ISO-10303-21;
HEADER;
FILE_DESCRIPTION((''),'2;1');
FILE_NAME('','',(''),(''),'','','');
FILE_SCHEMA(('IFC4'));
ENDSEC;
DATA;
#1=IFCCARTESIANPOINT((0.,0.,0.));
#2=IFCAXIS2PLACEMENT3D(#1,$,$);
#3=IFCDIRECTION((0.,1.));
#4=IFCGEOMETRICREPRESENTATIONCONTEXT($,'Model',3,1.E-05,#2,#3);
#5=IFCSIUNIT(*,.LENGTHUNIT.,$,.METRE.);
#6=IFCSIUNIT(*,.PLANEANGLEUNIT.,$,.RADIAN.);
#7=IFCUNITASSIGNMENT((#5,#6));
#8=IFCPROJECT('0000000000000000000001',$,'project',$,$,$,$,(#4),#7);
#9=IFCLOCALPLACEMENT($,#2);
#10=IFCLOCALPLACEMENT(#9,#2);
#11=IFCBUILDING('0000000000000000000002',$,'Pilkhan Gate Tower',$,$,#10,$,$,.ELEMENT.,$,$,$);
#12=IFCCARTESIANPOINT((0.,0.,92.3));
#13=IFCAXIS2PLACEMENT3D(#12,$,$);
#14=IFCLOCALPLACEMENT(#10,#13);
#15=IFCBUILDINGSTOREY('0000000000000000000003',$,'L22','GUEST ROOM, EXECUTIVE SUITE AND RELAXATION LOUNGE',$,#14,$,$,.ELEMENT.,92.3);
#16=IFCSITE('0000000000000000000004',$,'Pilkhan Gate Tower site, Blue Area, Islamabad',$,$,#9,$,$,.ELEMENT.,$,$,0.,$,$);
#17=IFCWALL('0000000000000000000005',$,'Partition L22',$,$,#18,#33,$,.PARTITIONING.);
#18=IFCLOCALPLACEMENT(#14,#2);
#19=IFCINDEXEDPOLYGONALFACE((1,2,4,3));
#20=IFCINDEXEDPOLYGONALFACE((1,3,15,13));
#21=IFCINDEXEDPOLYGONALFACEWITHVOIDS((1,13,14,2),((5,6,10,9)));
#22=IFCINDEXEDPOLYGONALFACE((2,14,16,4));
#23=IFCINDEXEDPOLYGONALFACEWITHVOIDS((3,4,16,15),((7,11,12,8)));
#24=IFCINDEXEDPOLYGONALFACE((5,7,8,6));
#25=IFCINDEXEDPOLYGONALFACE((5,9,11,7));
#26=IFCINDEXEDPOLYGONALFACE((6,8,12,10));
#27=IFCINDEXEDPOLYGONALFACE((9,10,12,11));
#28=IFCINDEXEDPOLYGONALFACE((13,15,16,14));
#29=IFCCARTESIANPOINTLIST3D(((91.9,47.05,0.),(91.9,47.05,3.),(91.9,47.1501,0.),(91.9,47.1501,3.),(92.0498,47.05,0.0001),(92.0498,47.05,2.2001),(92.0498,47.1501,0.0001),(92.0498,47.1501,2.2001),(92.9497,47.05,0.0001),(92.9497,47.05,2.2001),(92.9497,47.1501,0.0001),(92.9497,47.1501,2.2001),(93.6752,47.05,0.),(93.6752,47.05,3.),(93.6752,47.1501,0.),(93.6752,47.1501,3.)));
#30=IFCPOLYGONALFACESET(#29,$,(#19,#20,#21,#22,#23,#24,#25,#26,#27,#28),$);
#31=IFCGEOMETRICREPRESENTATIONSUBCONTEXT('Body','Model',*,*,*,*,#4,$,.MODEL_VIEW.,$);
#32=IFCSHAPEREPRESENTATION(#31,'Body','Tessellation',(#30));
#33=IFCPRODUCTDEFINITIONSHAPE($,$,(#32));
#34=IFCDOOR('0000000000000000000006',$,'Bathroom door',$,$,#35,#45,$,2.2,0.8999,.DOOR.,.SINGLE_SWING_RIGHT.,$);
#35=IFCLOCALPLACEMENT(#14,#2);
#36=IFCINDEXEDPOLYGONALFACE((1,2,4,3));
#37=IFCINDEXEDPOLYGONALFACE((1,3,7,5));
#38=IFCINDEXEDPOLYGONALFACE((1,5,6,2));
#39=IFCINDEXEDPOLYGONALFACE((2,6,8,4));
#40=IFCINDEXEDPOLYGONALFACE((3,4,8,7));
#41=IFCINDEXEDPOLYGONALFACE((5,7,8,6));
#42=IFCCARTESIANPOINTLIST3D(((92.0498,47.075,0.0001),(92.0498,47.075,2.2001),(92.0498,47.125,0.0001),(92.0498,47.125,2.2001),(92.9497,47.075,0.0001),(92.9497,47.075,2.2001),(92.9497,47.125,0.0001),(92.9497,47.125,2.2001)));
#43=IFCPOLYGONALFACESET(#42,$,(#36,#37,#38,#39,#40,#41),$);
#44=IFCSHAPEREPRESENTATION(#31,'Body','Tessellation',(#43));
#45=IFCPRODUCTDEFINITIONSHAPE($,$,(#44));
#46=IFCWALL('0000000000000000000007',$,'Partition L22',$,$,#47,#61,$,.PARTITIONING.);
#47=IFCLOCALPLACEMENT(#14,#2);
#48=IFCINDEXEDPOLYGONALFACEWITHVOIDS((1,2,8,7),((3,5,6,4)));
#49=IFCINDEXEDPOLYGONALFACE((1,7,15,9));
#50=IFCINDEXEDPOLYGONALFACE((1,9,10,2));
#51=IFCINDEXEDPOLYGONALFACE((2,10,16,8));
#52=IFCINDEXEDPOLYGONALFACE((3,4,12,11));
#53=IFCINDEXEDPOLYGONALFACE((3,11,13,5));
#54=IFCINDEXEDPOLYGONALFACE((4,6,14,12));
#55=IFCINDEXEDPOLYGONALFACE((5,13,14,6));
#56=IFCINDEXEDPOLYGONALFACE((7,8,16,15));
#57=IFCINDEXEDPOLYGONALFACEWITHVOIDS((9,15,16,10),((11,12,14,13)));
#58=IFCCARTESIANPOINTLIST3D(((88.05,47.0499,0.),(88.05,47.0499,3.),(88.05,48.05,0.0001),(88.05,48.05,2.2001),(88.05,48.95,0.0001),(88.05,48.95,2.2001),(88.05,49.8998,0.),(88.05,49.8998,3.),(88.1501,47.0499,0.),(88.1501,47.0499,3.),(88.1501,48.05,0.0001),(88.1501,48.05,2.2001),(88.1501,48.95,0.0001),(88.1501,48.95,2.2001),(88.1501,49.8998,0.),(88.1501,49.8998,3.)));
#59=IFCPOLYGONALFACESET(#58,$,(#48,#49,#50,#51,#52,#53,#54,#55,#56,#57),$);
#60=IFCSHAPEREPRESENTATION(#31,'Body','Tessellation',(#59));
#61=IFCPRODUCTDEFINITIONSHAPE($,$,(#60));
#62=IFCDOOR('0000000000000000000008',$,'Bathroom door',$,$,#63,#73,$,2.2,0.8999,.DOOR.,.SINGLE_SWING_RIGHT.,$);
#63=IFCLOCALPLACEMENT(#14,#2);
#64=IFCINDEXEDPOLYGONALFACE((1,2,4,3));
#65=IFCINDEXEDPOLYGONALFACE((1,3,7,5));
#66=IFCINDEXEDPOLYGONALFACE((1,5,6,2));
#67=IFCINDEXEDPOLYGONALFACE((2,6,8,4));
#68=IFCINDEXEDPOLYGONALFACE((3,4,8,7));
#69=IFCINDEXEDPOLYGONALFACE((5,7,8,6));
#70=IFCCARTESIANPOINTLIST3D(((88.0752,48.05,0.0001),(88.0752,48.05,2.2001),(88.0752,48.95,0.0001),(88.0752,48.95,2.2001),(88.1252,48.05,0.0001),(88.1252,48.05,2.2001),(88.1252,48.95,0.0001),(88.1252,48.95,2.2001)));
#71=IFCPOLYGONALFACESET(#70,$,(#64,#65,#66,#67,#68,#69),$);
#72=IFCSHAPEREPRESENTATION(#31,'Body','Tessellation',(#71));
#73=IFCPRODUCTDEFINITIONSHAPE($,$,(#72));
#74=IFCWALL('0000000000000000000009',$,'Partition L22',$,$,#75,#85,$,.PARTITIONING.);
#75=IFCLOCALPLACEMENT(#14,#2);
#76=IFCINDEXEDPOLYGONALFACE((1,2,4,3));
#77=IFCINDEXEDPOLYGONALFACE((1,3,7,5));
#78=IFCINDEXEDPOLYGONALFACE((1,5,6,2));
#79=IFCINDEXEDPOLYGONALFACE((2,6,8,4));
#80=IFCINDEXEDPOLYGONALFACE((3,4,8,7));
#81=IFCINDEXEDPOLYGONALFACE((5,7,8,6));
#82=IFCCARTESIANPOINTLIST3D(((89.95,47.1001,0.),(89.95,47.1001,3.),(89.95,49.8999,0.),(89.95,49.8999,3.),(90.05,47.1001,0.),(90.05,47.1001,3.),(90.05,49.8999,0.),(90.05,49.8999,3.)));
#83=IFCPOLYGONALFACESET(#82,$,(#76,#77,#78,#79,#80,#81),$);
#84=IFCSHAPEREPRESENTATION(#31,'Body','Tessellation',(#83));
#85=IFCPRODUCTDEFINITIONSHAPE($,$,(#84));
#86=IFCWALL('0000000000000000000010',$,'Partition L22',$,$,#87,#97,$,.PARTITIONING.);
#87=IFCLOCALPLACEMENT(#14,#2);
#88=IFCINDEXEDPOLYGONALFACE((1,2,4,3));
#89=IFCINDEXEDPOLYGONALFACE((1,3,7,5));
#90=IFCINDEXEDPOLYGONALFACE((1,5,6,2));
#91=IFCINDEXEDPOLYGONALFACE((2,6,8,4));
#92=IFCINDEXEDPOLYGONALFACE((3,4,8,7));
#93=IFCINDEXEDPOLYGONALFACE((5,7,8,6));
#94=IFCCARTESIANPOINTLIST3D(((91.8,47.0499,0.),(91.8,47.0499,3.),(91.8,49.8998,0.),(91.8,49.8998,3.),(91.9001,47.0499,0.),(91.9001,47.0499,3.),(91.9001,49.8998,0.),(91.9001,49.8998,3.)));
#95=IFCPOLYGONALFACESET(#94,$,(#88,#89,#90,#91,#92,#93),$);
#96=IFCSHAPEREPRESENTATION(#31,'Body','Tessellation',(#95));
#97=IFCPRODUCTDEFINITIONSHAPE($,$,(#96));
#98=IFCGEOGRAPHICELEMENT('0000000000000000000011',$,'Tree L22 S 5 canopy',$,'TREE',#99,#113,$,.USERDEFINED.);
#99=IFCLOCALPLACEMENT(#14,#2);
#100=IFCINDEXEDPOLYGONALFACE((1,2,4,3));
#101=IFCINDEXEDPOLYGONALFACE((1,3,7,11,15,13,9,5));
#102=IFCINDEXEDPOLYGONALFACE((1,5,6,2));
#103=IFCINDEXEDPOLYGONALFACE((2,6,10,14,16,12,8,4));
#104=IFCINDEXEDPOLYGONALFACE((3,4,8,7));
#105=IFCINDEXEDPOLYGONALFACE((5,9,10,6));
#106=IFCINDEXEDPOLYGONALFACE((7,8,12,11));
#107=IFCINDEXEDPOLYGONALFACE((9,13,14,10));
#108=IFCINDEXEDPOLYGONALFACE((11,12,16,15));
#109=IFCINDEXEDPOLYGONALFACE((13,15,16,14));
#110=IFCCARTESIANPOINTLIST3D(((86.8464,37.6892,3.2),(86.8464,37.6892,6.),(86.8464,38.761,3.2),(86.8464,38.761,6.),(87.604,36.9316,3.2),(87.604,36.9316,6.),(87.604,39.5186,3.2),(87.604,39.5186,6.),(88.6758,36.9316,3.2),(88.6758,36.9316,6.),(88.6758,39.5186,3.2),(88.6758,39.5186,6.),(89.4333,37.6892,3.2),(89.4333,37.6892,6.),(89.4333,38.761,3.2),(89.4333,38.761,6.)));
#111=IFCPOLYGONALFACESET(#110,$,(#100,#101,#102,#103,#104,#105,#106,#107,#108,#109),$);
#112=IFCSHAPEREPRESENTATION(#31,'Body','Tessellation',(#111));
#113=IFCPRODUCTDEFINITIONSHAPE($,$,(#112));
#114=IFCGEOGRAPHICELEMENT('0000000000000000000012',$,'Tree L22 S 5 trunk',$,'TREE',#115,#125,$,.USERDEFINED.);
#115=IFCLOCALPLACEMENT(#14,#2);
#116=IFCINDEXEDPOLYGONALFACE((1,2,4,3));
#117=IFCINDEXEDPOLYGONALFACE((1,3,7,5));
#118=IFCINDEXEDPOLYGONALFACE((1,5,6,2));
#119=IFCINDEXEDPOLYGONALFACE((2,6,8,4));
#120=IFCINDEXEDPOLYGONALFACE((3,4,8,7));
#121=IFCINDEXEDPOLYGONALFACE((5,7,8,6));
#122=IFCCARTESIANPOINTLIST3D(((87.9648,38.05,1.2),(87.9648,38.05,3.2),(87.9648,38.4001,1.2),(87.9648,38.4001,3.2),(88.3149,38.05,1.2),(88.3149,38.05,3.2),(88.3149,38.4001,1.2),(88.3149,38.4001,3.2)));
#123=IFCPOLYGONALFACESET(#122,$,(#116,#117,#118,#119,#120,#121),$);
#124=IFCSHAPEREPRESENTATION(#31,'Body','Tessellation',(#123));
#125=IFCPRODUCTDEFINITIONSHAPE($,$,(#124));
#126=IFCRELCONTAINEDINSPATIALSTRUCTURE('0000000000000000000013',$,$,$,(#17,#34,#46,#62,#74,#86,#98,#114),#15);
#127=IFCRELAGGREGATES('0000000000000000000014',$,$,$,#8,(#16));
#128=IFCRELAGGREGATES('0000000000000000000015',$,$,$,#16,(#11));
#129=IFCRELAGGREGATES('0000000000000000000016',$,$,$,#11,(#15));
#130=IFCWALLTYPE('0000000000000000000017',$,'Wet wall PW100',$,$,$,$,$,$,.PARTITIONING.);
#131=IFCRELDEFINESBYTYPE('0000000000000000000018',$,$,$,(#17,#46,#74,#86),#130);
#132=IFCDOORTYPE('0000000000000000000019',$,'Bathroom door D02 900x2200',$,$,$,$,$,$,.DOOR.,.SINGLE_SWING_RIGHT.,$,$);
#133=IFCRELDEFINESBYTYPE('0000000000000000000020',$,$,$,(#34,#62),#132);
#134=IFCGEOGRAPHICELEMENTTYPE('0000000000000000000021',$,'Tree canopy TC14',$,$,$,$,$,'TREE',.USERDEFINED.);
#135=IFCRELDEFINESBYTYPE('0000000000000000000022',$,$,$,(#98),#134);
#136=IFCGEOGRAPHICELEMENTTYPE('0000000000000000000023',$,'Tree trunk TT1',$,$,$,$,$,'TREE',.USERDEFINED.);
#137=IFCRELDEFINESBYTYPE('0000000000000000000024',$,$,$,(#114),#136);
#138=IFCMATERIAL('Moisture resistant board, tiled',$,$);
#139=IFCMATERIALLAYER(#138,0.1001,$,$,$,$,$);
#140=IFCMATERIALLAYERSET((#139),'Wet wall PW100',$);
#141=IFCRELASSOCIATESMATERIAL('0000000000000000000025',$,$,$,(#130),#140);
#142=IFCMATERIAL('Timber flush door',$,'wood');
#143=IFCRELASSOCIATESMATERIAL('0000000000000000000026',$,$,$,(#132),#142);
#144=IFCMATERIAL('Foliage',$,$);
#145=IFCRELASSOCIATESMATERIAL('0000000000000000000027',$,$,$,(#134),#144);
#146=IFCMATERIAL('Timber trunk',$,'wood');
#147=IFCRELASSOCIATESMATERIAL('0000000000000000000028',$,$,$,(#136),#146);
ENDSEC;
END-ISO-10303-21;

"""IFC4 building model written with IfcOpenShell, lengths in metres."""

from ifc_helpers import new_model, si_unit, direction, frame, frame_2d, origin, origin_2d, place, context, subcontext, project, spatial, polyline, rectangle, outline, extrude, material, layer, layer_set, material_profile, profile_set, type_object, element, fill, save


model = new_model("IFC4")

# Units and contexts
model_context = context("Model", 3, precision=1e-05, world=origin(), true_north=direction((0.0, 1.0)))
body_context = subcontext(model_context, "Body", "Model", "MODEL_VIEW")
ifc_project = project(units=[si_unit("LENGTHUNIT", "METRE"), si_unit("PLANEANGLEUNIT", "RADIAN")], contexts=[model_context])

# Site, building, storey
site_placement = place(None, origin())
site = spatial("IfcSite", under=ifc_project, at=site_placement, Name="Pilkhan Gate Tower site, Blue Area, Islamabad", CompositionType="ELEMENT", RefElevation=0.0)
building_placement = place(site_placement, origin())
building = spatial("IfcBuilding", under=site, at=building_placement, Name="Pilkhan Gate Tower", CompositionType="ELEMENT")
storey_placement = place(building_placement, frame((0.0, 0.0, 92.3)))
storey = spatial("IfcBuildingStorey", under=building, at=storey_placement, Name="L22", Description="GUEST ROOM, EXECUTIVE SUITE AND RELAXATION LOUNGE", CompositionType="ELEMENT", Elevation=92.3)

# Shared definitions
ifc_material_1 = material(Name="Moisture resistant board, tiled")
ifc_layer_1 = layer(ifc_material_1, 0.1001)
ifc_layer_set_1 = layer_set([ifc_layer_1], Name="Wet wall PW100")
wall_type_1 = type_object("IfcWallType", Name="Wet wall PW100", PredefinedType="PARTITIONING", material=ifc_layer_set_1)

# Walls, openings, doors
wall_1_placement = place(storey_placement, frame((91.8999, 47.1001, 0.0), z_axis=(0.0, 0.0, 1.0), x_axis=(1.0, 0.0, 0.0)))
wall_1 = element("IfcWall", 1, at=wall_1_placement, inside=storey, type_object=wall_type_1, Name="Partition L22", PredefinedType="PARTITIONING", context=body_context, shape_type="SweptSolid", body=[
    extrude(rectangle(XDim=1.7751, YDim=0.1001, at=frame_2d((0.8877, 0.0))), origin(), (0.0, 0.0, 1.0), 3.0),
])
opening_1_placement = place(wall_1_placement, frame((0.1499, 0.0, 0.0)))
opening_1 = element("IfcOpeningElement", 2, at=opening_1_placement, cuts=wall_1, PredefinedType="OPENING", context=body_context, shape_type="SweptSolid", body=[
    extrude(rectangle(XDim=0.8999, YDim=2.2, at=frame_2d((0.45, 1.1001))), frame((0.0, 0.0601, 0.0), z_axis=(0.0, -1.0, 0.0), x_axis=(1.0, 0.0, 0.0)), (0.0, 0.0, 1.0), 0.1201),
])
ifc_material_2 = material(Name="Timber flush door", Category="wood")
door_type = type_object("IfcDoorType", Name="Bathroom door D02 900x2200", OperationType="SINGLE_SWING_RIGHT", PredefinedType="DOOR", material=ifc_material_2)
door_1_placement = place(opening_1_placement, origin())
door_1 = element("IfcDoor", 3, at=door_1_placement, inside=storey, type_object=door_type, Name="Bathroom door", OperationType="SINGLE_SWING_RIGHT", OverallHeight=2.2, OverallWidth=0.8999, PredefinedType="DOOR", context=body_context, shape_type="SweptSolid", body=[
    extrude(rectangle(XDim=0.8999, YDim=2.2, at=frame_2d((0.45, 1.1001))), frame((0.0, 0.0249, 0.0), z_axis=(0.0, -1.0, 0.0), x_axis=(1.0, 0.0, 0.0)), (0.0, 0.0, 1.0), 0.05),
])
fill(opening_1, door_1)
wall_2_placement = place(storey_placement, frame((88.1001, 47.05, 0.0), z_axis=(0.0, 0.0, 1.0), x_axis=(0.0, 1.0, 0.0)))
wall_2 = element("IfcWall", 4, at=wall_2_placement, inside=storey, type_object=wall_type_1, Name="Partition L22", PredefinedType="PARTITIONING", context=body_context, shape_type="SweptSolid", body=[
    extrude(rectangle(XDim=2.8499, YDim=0.1001, at=frame_2d((1.4248, 0.0))), origin(), (0.0, 0.0, 1.0), 3.0),
])
opening_2_placement = place(wall_2_placement, frame((1.0, 0.0, 0.0)))
opening_2 = element("IfcOpeningElement", 5, at=opening_2_placement, cuts=wall_2, PredefinedType="OPENING", context=body_context, shape_type="SweptSolid", body=[
    extrude(rectangle(XDim=0.8999, YDim=2.2, at=frame_2d((0.45, 1.1001))), frame((0.0, 0.0601, 0.0), z_axis=(0.0, -1.0, 0.0), x_axis=(1.0, 0.0, 0.0)), (0.0, 0.0, 1.0), 0.1201),
])
door_2_placement = place(opening_2_placement, origin())
door_2 = element("IfcDoor", 6, at=door_2_placement, inside=storey, type_object=door_type, Name="Bathroom door", OperationType="SINGLE_SWING_RIGHT", OverallHeight=2.2, OverallWidth=0.8999, PredefinedType="DOOR", context=body_context, shape_type="SweptSolid", body=[
    extrude(rectangle(XDim=0.8999, YDim=2.2, at=frame_2d((0.45, 1.1001))), frame((0.0, 0.0249, 0.0), z_axis=(0.0, -1.0, 0.0), x_axis=(1.0, 0.0, 0.0)), (0.0, 0.0, 1.0), 0.05),
])
fill(opening_2, door_2)

# Walls
wall_3_placement = place(storey_placement, frame((90.0, 47.1001, 0.0), z_axis=(0.0, 0.0, 1.0), x_axis=(0.0, 1.0, 0.0)))
element("IfcWall", 7, at=wall_3_placement, inside=storey, type_object=wall_type_1, Name="Partition L22", PredefinedType="PARTITIONING", context=body_context, shape_type="SweptSolid", body=[
    extrude(rectangle(XDim=2.7998, YDim=0.1001, at=frame_2d((1.3999, 0.0))), origin(), (0.0, 0.0, 1.0), 3.0),
])
wall_4_placement = place(storey_placement, frame((91.8501, 47.05, 0.0), z_axis=(0.0, 0.0, 1.0), x_axis=(0.0, 1.0, 0.0)))
element("IfcWall", 8, at=wall_4_placement, inside=storey, type_object=wall_type_1, Name="Partition L22", PredefinedType="PARTITIONING", context=body_context, shape_type="SweptSolid", body=[
    extrude(rectangle(XDim=2.8499, YDim=0.1001, at=frame_2d((1.4248, 0.0))), origin(), (0.0, 0.0, 1.0), 3.0),
])

# Geographic elements
ifc_material_3 = material(Name="Foliage")
ifc_material_profile_1 = material_profile(ifc_material_3, outline(polyline([(1.2935, 0.5359), (0.5359, 1.2935), (-0.5359, 1.2935), (-1.2935, 0.5359), (-1.2935, -0.5359), (-0.5359, -1.2935), (0.5359, -1.2935), (1.2935, -0.5359), (1.2935, 0.5359)])), Name="Canopy D2.8")
ifc_profile_set_1 = profile_set([ifc_material_profile_1], Name="Foliage")
geographic_element_type_1 = type_object("IfcGeographicElementType", Name="Tree canopy TC14", ElementType="TREE", PredefinedType="USERDEFINED", material=ifc_profile_set_1)
geographic_element_1_placement = place(storey_placement, frame((88.1399, 38.2251, 3.2), z_axis=(0.0, 0.0, 1.0), x_axis=(1.0, 0.0, 0.0)))
element("IfcGeographicElement", 9, at=geographic_element_1_placement, inside=storey, type_object=geographic_element_type_1, Name="Tree L22 S 5 canopy", ObjectType="TREE", PredefinedType="USERDEFINED", context=body_context, shape_type="SweptSolid", body=[
    extrude(outline(polyline([(1.2935, 0.5359), (0.5359, 1.2935), (-0.5359, 1.2935), (-1.2935, 0.5359), (-1.2935, -0.5359), (-0.5359, -1.2935), (0.5359, -1.2935), (1.2935, -0.5359), (1.2935, 0.5359)])), origin(), (0.0, 0.0, 1.0), 2.8),
])
ifc_material_4 = material(Name="Timber trunk", Category="wood")
geographic_element_type_2 = type_object("IfcGeographicElementType", Name="Tree trunk TT1", ElementType="TREE", PredefinedType="USERDEFINED", material=ifc_material_4)
geographic_element_2_placement = place(storey_placement, frame((88.1399, 38.2251, 1.2), z_axis=(0.0, 0.0, 1.0), x_axis=(1.0, 0.0, 0.0)))
element("IfcGeographicElement", 10, at=geographic_element_2_placement, inside=storey, type_object=geographic_element_type_2, Name="Tree L22 S 5 trunk", ObjectType="TREE", PredefinedType="USERDEFINED", context=body_context, shape_type="SweptSolid", body=[
    extrude(rectangle(XDim=0.3501, YDim=0.3501, at=origin_2d()), origin(), (0.0, 0.0, 1.0), 2.0),
])

save(model, "model.ifc")
